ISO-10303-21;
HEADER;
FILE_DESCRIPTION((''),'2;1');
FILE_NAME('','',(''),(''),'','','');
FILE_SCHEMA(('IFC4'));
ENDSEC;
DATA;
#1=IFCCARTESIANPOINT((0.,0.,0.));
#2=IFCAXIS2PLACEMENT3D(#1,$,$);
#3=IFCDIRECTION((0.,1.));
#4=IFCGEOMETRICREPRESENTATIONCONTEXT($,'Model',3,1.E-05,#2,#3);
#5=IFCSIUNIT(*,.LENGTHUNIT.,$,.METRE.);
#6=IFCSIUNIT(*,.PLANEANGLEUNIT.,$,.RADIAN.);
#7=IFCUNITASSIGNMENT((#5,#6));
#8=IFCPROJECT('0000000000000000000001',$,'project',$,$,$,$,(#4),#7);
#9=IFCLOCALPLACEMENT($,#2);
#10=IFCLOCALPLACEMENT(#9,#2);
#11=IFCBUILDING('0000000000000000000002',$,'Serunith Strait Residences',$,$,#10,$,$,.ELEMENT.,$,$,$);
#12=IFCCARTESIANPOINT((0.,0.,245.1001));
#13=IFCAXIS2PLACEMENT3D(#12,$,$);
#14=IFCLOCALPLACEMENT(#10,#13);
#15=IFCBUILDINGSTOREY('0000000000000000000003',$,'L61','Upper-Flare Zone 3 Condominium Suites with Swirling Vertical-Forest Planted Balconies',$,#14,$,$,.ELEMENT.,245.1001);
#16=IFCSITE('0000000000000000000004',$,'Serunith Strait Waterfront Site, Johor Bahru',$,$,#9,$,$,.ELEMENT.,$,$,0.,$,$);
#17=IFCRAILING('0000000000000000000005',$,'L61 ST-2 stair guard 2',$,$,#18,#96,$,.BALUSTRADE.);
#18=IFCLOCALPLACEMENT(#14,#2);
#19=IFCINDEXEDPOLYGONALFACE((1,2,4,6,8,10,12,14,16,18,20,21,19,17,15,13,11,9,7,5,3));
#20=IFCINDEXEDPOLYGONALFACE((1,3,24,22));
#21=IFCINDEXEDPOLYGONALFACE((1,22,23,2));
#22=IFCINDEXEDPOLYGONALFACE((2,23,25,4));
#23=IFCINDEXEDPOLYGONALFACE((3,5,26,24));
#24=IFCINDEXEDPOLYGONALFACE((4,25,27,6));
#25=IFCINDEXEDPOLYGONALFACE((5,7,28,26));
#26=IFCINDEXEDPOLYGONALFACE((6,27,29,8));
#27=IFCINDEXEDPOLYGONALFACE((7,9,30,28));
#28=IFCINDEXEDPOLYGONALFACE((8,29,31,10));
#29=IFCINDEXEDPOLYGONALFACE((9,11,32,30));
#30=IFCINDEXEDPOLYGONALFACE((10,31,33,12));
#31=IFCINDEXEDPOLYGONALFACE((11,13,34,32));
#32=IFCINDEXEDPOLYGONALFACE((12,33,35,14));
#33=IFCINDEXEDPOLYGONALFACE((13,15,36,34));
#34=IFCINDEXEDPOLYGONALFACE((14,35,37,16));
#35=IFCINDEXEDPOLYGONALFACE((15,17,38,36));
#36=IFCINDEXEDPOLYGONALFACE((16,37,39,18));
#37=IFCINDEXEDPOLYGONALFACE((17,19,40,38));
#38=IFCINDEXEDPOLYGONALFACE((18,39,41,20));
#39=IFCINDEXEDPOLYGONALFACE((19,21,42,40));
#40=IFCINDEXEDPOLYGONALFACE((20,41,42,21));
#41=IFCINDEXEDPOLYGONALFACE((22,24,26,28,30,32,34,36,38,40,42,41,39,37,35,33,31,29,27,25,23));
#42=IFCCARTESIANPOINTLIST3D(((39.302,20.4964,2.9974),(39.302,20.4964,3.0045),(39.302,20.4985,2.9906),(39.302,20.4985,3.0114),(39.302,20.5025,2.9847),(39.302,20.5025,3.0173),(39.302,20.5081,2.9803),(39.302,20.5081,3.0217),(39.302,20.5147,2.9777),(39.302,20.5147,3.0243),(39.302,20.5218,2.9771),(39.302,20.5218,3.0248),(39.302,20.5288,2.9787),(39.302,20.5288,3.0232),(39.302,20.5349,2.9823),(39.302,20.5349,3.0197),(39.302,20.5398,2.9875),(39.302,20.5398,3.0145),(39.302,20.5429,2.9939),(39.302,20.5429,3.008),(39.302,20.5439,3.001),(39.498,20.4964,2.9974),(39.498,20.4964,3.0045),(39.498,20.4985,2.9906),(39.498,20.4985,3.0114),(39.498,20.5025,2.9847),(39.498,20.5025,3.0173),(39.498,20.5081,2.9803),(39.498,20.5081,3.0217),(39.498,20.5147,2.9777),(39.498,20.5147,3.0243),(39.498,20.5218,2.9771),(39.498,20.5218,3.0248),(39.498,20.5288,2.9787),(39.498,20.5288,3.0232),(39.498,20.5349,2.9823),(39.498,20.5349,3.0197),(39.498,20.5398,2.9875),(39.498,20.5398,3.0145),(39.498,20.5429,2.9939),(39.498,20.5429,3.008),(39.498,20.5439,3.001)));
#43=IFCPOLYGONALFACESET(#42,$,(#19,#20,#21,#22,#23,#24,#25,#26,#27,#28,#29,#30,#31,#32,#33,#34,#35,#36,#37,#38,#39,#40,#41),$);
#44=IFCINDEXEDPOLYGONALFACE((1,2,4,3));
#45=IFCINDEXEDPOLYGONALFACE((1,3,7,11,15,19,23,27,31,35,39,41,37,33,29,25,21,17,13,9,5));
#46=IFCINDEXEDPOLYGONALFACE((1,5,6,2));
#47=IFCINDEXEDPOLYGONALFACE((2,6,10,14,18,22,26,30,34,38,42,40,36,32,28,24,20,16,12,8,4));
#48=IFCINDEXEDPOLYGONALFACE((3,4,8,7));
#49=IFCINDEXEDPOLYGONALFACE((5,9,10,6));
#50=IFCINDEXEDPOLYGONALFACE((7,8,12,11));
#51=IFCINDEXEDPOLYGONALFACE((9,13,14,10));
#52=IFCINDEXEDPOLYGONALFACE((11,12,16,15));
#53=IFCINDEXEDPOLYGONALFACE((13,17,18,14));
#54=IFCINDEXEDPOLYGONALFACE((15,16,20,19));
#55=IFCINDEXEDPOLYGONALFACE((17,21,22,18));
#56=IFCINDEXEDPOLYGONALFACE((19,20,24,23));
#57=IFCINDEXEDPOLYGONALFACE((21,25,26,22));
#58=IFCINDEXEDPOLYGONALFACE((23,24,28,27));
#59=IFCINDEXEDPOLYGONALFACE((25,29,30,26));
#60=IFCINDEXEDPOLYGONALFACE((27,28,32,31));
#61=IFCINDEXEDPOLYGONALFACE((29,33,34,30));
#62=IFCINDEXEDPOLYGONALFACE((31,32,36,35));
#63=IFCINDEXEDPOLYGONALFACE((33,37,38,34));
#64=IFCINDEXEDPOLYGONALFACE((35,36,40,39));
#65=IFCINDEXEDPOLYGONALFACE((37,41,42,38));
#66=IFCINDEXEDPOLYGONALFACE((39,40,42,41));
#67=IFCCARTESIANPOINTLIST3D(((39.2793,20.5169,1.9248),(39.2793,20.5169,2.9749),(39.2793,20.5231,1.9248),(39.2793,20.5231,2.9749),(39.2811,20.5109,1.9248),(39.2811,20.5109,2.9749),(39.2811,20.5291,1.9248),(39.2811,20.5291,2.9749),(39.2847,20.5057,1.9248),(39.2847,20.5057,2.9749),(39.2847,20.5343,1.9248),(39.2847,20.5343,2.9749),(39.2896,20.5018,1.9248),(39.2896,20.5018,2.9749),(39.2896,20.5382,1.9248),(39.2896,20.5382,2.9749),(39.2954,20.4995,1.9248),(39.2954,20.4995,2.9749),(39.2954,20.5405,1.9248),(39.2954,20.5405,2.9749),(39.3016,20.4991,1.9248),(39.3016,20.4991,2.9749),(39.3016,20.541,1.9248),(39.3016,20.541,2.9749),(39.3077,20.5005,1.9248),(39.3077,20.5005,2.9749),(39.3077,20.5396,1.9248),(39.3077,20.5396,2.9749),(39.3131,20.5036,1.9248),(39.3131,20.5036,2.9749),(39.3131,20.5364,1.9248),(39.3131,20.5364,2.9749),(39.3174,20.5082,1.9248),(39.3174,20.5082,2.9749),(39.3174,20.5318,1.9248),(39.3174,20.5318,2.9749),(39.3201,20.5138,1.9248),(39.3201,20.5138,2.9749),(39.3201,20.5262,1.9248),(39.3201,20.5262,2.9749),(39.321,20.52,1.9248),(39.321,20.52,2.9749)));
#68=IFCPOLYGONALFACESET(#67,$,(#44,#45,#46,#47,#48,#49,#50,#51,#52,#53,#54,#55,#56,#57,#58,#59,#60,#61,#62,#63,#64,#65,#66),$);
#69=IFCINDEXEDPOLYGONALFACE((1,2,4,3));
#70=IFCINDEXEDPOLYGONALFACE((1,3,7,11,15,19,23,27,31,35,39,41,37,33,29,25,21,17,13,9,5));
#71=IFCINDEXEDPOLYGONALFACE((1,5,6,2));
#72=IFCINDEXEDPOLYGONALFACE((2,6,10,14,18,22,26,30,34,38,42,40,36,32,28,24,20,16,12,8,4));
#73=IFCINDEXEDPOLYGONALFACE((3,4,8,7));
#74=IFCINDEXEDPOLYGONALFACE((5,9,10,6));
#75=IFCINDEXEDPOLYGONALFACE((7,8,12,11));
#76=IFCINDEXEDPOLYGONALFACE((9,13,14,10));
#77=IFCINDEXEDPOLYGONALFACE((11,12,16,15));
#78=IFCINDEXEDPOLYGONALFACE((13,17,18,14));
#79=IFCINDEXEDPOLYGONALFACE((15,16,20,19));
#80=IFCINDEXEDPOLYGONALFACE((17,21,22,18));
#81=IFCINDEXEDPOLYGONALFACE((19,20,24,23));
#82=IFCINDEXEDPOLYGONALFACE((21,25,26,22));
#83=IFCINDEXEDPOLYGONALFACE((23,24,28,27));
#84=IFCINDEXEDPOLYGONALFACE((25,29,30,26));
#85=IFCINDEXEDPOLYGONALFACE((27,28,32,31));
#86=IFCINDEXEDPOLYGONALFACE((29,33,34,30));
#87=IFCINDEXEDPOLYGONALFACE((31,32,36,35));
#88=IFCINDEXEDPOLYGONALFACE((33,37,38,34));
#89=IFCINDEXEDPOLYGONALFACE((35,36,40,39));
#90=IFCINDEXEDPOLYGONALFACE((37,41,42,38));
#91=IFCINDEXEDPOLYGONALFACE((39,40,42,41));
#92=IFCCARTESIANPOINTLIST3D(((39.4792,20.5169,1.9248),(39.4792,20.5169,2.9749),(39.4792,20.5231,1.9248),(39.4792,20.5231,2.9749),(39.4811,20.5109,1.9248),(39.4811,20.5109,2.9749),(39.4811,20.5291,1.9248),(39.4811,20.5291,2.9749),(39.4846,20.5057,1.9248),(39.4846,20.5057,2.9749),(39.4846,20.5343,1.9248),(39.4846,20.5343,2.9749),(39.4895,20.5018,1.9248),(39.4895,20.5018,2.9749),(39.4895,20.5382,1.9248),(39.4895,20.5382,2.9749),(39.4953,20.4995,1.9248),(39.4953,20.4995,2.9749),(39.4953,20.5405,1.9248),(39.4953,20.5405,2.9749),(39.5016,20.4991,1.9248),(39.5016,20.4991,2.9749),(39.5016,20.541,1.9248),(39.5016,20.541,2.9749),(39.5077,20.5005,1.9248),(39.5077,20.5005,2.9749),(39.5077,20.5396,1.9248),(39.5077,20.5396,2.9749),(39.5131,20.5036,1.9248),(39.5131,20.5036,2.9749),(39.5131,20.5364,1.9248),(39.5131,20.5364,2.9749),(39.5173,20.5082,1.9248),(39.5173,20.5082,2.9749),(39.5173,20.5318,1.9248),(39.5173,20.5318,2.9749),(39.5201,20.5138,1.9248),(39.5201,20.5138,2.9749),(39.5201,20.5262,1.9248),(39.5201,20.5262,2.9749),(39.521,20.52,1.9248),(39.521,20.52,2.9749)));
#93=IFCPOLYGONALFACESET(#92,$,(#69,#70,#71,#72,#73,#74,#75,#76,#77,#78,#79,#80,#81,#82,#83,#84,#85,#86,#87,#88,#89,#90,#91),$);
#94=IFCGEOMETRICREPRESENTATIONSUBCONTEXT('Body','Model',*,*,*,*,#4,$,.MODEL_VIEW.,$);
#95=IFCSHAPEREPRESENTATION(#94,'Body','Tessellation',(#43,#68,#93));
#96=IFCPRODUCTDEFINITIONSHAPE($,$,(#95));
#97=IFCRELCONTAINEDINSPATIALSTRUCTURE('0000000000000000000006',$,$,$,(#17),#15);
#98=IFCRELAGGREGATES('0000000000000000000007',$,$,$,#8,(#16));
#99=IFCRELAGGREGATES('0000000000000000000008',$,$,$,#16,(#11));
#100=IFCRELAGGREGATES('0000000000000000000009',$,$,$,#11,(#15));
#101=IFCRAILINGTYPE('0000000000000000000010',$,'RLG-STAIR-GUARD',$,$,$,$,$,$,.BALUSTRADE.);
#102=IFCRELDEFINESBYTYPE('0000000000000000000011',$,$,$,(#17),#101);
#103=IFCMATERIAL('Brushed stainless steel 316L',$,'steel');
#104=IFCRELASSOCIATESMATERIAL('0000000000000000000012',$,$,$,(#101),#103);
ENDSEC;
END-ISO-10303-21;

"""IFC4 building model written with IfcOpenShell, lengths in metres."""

from ifc_helpers import new_model, si_unit, direction, frame, origin, origin_2d, place, context, subcontext, project, spatial, circle, extrude, material, type_object, element, save


model = new_model("IFC4")

# Units and contexts
model_context = context("Model", 3, precision=1e-05, world=origin(), true_north=direction((0.0, 1.0)))
body_context = subcontext(model_context, "Body", "Model", "MODEL_VIEW")
ifc_project = project(units=[si_unit("LENGTHUNIT", "METRE"), si_unit("PLANEANGLEUNIT", "RADIAN")], contexts=[model_context])

# Site, building, storey
site_placement = place(None, origin())
site = spatial("IfcSite", under=ifc_project, at=site_placement, Name="Serunith Strait Waterfront Site, Johor Bahru", CompositionType="ELEMENT", RefElevation=0.0)
building_placement = place(site_placement, origin())
building = spatial("IfcBuilding", under=site, at=building_placement, Name="Serunith Strait Residences", CompositionType="ELEMENT")
storey_placement = place(building_placement, frame((0.0, 0.0, 245.1001)))
storey = spatial("IfcBuildingStorey", under=building, at=storey_placement, Name="L61", Description="Upper-Flare Zone 3 Condominium Suites with Swirling Vertical-Forest Planted Balconies", CompositionType="ELEMENT", Elevation=245.1001)

# Railing
ifc_material_1 = material(Name="Brushed stainless steel 316L", Category="steel")
railing_type_1 = type_object("IfcRailingType", Name="RLG-STAIR-GUARD", PredefinedType="BALUSTRADE", material=ifc_material_1)
railing_1_placement = place(storey_placement, frame((39.3, 20.52, 1.9248)))
element("IfcRailing", 1, at=railing_1_placement, inside=storey, type_object=railing_type_1, Name="L61 ST-2 stair guard 2", PredefinedType="BALUSTRADE", context=body_context, shape_type="SweptSolid", body=[
    extrude(circle(Radius=0.0239, at=origin_2d()), frame((0.002, 0.0, 1.0762), z_axis=(1.0, 0.0, 0.0), x_axis=(0.0, 1.0, 0.0)), (0.0, 0.0, 1.0), 0.196),
    extrude(circle(Radius=0.021, at=origin_2d()), origin(), (0.0, 0.0, 1.0), 1.05),
    extrude(circle(Radius=0.021, at=origin_2d()), frame((0.2, 0.0, 0.0)), (0.0, 0.0, 1.0), 1.05),
])

save(model, "model.ifc")
